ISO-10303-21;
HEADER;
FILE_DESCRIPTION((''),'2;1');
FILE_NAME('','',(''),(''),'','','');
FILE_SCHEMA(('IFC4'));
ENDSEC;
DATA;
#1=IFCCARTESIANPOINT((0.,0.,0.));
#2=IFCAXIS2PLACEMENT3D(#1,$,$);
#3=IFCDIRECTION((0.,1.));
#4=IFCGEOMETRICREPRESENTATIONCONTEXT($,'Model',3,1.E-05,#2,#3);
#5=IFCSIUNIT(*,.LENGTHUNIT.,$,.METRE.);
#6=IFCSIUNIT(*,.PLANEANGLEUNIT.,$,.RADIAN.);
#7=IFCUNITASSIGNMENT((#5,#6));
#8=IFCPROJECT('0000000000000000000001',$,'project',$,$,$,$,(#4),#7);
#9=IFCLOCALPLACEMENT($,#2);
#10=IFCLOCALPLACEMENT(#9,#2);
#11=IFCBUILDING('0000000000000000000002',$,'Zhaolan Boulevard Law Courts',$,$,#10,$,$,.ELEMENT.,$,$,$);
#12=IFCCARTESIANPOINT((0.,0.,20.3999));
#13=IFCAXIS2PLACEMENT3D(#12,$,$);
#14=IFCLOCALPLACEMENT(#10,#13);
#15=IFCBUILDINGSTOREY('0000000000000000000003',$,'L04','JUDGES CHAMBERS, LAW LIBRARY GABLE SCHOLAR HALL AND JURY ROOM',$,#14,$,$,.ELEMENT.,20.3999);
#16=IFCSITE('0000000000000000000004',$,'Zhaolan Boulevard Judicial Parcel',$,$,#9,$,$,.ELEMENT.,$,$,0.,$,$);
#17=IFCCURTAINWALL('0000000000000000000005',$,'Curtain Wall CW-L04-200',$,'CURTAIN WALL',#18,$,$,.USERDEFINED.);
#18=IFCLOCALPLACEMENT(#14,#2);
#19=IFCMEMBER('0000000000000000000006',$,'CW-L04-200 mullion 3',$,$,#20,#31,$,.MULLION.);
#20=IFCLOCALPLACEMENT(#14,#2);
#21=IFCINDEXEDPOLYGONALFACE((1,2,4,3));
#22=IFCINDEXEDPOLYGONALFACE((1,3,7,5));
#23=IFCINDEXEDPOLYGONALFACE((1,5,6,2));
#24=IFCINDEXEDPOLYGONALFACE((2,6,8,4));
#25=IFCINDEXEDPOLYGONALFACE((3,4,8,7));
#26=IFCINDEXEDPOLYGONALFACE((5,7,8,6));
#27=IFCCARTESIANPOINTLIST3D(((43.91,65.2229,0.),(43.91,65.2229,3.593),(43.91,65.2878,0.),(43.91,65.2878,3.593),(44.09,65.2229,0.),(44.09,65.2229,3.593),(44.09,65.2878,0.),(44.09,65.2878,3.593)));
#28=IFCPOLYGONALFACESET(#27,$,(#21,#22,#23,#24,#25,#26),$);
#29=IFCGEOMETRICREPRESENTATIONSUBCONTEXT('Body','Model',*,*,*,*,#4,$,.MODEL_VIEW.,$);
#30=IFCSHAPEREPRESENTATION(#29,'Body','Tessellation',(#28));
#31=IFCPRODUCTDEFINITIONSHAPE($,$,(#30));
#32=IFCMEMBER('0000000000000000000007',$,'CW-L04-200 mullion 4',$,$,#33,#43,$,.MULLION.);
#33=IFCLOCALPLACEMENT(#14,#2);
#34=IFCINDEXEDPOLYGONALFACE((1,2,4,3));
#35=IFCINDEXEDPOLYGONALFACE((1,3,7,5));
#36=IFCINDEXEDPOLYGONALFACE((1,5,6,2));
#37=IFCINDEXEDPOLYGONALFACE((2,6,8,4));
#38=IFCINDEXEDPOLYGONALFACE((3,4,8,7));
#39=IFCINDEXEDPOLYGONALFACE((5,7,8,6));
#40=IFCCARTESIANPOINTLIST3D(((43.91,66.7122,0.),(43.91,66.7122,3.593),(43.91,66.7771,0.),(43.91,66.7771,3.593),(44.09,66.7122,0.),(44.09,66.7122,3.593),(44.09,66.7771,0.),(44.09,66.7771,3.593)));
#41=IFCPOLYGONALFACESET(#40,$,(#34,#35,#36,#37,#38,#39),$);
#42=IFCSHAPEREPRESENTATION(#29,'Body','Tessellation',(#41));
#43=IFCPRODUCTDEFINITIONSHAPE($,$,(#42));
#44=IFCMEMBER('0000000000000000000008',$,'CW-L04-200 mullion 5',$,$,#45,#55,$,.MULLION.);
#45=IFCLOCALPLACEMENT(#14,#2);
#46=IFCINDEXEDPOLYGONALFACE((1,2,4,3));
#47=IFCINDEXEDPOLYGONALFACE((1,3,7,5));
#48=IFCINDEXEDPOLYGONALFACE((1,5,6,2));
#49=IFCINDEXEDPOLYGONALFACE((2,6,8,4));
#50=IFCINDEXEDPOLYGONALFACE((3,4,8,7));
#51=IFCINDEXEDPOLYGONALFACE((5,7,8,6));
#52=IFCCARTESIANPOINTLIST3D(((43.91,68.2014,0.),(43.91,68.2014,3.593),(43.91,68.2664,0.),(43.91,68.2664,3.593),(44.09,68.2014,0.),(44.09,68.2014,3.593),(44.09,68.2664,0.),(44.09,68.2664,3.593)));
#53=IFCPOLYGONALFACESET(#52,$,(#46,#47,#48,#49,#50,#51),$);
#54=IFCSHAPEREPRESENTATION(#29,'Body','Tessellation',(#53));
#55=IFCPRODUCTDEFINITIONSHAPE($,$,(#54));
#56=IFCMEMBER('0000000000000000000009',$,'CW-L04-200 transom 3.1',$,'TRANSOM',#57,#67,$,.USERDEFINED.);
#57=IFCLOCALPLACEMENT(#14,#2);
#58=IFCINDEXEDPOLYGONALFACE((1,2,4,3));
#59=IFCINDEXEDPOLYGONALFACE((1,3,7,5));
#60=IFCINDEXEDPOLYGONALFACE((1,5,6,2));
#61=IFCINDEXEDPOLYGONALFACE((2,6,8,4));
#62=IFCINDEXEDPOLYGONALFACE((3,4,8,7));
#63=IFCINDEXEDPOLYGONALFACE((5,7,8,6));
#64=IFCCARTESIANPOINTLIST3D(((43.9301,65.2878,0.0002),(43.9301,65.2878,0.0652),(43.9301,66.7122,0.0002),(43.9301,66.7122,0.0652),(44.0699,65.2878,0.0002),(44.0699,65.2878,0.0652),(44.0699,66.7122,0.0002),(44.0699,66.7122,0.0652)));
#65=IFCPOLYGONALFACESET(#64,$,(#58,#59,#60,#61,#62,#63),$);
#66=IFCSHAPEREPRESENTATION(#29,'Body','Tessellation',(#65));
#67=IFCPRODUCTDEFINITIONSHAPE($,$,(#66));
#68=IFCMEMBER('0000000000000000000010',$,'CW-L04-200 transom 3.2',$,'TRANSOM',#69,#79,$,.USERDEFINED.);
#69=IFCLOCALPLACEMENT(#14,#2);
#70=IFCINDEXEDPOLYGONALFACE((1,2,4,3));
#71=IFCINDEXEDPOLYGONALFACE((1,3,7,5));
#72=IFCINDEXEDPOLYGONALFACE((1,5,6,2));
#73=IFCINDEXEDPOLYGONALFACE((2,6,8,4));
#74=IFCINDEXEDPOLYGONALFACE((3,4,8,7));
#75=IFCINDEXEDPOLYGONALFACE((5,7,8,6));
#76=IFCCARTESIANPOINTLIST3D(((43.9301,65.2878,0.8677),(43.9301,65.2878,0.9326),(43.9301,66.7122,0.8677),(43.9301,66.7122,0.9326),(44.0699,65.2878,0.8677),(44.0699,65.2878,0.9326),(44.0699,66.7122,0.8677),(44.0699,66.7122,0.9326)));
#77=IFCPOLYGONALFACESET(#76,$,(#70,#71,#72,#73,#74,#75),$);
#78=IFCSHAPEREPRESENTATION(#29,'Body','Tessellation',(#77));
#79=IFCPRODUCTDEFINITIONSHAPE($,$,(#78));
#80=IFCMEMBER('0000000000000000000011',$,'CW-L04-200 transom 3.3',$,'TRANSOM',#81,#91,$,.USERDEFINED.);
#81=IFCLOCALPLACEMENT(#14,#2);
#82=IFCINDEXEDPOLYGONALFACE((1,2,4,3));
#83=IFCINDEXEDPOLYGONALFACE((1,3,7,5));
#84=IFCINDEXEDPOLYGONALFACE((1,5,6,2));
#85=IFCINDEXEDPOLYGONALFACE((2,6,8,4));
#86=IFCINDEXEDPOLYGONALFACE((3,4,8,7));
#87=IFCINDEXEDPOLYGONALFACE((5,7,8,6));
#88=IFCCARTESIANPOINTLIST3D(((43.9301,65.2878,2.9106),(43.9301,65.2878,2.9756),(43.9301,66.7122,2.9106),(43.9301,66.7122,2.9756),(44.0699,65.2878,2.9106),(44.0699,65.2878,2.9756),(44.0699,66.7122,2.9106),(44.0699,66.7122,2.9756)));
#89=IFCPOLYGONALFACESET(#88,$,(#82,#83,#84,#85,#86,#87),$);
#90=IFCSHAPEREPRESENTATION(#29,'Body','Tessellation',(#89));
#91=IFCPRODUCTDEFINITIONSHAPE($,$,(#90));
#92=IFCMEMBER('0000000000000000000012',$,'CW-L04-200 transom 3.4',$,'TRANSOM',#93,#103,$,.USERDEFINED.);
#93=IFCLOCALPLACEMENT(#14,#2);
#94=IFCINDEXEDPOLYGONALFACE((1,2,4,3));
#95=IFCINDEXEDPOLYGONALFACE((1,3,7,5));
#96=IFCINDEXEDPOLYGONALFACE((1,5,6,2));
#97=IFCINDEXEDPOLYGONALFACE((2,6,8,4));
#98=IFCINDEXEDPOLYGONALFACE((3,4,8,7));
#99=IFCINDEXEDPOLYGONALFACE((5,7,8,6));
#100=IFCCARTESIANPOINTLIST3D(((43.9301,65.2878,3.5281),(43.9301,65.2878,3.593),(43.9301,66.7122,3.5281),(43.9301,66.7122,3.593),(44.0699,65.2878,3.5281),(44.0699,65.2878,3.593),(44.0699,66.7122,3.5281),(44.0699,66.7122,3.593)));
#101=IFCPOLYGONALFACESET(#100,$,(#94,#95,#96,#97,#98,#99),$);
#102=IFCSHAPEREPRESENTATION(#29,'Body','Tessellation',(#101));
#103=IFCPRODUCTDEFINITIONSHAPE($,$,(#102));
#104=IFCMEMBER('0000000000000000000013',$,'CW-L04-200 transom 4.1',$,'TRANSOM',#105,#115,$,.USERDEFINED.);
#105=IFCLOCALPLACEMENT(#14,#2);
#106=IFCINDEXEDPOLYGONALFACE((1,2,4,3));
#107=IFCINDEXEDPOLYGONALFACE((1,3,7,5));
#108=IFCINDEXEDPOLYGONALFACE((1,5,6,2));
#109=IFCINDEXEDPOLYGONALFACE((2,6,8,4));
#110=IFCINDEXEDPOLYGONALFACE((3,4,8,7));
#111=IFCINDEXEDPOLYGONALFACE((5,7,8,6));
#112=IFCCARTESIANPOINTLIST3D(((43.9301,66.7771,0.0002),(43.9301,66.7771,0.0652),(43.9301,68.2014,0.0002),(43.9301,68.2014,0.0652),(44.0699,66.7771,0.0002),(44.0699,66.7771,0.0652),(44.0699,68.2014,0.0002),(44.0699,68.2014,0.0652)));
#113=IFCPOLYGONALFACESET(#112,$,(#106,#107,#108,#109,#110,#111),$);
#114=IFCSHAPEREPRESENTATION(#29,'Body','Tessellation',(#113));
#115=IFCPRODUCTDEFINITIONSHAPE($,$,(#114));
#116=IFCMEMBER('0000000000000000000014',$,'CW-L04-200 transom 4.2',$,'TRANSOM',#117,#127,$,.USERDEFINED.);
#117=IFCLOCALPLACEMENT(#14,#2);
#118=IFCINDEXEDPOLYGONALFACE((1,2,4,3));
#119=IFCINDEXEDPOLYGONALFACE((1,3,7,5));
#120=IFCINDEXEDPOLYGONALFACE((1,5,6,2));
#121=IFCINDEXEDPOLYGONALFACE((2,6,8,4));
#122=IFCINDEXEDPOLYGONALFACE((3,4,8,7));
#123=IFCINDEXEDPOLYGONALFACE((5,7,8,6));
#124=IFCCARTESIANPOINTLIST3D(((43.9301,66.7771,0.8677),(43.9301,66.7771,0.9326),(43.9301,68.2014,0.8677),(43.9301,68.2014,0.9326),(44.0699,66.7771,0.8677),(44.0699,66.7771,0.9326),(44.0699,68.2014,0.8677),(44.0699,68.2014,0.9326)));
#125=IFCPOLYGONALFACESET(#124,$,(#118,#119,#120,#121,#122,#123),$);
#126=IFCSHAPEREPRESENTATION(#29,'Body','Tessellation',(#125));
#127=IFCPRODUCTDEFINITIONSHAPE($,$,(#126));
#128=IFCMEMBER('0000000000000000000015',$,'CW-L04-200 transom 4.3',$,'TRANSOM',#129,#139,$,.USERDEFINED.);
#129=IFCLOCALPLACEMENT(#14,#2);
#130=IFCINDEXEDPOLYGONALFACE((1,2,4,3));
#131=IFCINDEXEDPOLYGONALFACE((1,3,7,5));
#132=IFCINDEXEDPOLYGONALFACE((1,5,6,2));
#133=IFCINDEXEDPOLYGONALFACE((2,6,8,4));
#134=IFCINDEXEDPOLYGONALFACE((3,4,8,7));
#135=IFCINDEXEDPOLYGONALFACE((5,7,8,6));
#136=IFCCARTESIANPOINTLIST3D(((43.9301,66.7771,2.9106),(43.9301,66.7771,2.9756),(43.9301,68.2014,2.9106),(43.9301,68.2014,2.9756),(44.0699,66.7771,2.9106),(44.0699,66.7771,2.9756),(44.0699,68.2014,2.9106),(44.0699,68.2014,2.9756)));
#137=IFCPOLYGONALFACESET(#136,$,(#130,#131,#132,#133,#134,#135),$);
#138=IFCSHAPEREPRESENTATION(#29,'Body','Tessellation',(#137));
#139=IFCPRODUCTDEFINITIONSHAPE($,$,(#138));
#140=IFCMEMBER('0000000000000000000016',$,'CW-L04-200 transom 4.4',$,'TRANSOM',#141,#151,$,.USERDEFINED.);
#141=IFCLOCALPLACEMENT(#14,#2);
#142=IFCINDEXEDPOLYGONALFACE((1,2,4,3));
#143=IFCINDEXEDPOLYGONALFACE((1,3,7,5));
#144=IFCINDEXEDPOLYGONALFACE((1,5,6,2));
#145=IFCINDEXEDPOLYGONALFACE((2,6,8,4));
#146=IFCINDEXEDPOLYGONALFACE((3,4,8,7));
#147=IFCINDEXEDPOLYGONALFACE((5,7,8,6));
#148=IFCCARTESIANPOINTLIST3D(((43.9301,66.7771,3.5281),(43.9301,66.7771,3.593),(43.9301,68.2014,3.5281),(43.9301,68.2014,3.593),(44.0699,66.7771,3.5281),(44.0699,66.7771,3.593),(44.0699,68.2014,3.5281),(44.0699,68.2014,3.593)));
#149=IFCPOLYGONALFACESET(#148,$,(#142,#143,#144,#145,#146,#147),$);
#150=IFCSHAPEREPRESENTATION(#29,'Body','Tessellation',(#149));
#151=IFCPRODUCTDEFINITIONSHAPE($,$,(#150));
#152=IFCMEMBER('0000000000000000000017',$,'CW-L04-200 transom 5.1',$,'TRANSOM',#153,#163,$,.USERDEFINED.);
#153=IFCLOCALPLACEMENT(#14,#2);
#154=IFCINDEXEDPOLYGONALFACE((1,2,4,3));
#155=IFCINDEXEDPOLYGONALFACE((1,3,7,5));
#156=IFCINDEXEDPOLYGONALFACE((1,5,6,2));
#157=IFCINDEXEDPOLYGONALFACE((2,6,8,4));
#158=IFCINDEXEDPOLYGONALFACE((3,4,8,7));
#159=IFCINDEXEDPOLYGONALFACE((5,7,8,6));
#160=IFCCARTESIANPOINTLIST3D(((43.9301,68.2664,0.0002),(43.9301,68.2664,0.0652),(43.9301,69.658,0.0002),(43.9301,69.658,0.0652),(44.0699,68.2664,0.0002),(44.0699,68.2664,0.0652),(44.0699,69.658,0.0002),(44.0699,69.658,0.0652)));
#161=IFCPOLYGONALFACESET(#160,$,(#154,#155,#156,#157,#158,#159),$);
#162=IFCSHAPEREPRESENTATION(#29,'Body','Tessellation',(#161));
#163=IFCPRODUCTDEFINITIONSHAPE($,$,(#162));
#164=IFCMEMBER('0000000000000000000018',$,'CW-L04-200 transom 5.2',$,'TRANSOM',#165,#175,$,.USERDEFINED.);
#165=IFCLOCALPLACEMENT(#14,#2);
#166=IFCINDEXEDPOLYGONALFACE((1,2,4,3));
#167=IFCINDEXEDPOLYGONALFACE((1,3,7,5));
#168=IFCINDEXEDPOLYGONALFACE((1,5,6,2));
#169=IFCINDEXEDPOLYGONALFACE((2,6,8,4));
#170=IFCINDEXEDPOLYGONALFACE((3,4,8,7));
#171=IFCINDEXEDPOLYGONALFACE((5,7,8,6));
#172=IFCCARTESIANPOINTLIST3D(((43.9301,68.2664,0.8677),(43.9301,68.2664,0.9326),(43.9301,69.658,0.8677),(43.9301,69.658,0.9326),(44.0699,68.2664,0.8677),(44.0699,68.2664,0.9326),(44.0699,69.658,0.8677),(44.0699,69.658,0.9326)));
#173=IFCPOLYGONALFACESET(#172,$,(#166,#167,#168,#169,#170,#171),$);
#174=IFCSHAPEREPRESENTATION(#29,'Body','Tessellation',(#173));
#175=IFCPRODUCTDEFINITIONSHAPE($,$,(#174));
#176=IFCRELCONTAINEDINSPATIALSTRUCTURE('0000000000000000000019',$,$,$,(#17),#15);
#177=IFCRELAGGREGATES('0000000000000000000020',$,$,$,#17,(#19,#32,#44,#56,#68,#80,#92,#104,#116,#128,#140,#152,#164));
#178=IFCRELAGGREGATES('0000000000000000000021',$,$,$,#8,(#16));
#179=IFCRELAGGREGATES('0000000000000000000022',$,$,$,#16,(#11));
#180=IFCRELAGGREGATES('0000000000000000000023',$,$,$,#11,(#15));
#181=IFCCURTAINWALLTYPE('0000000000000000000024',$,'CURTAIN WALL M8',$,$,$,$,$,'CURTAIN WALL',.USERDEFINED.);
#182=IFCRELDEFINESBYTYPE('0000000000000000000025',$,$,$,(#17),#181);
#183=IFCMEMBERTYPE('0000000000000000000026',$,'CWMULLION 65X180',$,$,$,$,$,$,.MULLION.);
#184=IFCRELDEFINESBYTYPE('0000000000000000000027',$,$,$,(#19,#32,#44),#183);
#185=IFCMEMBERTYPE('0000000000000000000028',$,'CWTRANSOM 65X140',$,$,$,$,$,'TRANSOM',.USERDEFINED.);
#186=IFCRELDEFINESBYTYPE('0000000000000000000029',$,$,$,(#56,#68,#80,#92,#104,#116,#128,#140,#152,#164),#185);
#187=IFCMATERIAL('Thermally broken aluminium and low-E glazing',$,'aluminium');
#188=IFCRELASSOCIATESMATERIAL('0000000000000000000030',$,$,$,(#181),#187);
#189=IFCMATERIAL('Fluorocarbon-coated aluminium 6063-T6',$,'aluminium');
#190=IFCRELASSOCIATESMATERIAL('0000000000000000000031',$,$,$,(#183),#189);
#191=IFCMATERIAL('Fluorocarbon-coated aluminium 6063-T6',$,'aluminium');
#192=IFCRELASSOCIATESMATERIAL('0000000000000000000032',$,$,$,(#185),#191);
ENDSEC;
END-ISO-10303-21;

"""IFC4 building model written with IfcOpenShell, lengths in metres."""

from ifc_helpers import new_model, si_unit, direction, frame, origin, origin_2d, place, context, subcontext, project, spatial, rectangle, extrude, material, material_profile, profile_set, type_object, element, aggregate, save


model = new_model("IFC4")

# Units and contexts
model_context = context("Model", 3, precision=1e-05, world=origin(), true_north=direction((0.0, 1.0)))
body_context = subcontext(model_context, "Body", "Model", "MODEL_VIEW")
ifc_project = project(units=[si_unit("LENGTHUNIT", "METRE"), si_unit("PLANEANGLEUNIT", "RADIAN")], contexts=[model_context])

# Site, building, storey
site_placement = place(None, origin())
site = spatial("IfcSite", under=ifc_project, at=site_placement, Name="Zhaolan Boulevard Judicial Parcel", CompositionType="ELEMENT", RefElevation=0.0)
building_placement = place(site_placement, origin())
building = spatial("IfcBuilding", under=site, at=building_placement, Name="Zhaolan Boulevard Law Courts", CompositionType="ELEMENT")
storey_placement = place(building_placement, frame((0.0, 0.0, 20.3999)))
storey = spatial("IfcBuildingStorey", under=building, at=storey_placement, Name="L04", Description="JUDGES CHAMBERS, LAW LIBRARY GABLE SCHOLAR HALL AND JURY ROOM", CompositionType="ELEMENT", Elevation=20.3999)

# Curtain wall, members
ifc_material_1 = material(Name="Thermally broken aluminium and low-E glazing", Category="aluminium")
curtain_wall_type = type_object("IfcCurtainWallType", Name="CURTAIN WALL M8", ElementType="CURTAIN WALL", PredefinedType="USERDEFINED", material=ifc_material_1)
curtain_wall_placement = place(storey_placement, origin())
curtain_wall = element("IfcCurtainWall", 1, at=curtain_wall_placement, inside=storey, type_object=curtain_wall_type, Name="Curtain Wall CW-L04-200", ObjectType="CURTAIN WALL", PredefinedType="USERDEFINED")
ifc_material_2 = material(Name="Fluorocarbon-coated aluminium 6063-T6", Category="aluminium")
ifc_material_profile_1 = material_profile(ifc_material_2, rectangle(XDim=0.1799, YDim=0.0649, at=origin_2d()), Name="AL65x180")
ifc_profile_set_1 = profile_set([ifc_material_profile_1], Name="Fluorocarbon-coated aluminium 6063-T6")
member_type_1 = type_object("IfcMemberType", Name="CWMULLION 65X180", PredefinedType="MULLION", material=ifc_profile_set_1)
member_1_placement = place(storey_placement, frame((44.0, 65.2554, 0.0), z_axis=(0.0, 0.0, 1.0), x_axis=(-1.0, 0.0, 0.0)))
member_1 = element("IfcMember", 2, at=member_1_placement, type_object=member_type_1, Name="CW-L04-200 mullion 3", PredefinedType="MULLION", context=body_context, shape_type="SweptSolid", body=[
    extrude(rectangle(XDim=0.1799, YDim=0.0649, at=origin_2d()), origin(), (0.0, 0.0, 1.0), 3.593),
])
member_2_placement = place(storey_placement, frame((44.0, 66.7446, 0.0), z_axis=(0.0, 0.0, 1.0), x_axis=(-1.0, 0.0, 0.0)))
member_2 = element("IfcMember", 3, at=member_2_placement, type_object=member_type_1, Name="CW-L04-200 mullion 4", PredefinedType="MULLION", context=body_context, shape_type="SweptSolid", body=[
    extrude(rectangle(XDim=0.1799, YDim=0.0649, at=origin_2d()), origin(), (0.0, 0.0, 1.0), 3.593),
])
member_3_placement = place(storey_placement, frame((44.0, 68.2339, 0.0), z_axis=(0.0, 0.0, 1.0), x_axis=(-1.0, 0.0, 0.0)))
member_3 = element("IfcMember", 4, at=member_3_placement, type_object=member_type_1, Name="CW-L04-200 mullion 5", PredefinedType="MULLION", context=body_context, shape_type="SweptSolid", body=[
    extrude(rectangle(XDim=0.1799, YDim=0.0649, at=origin_2d()), origin(), (0.0, 0.0, 1.0), 3.593),
])
ifc_material_3 = material(Name="Fluorocarbon-coated aluminium 6063-T6", Category="aluminium")
ifc_material_profile_2 = material_profile(ifc_material_3, rectangle(XDim=0.1399, YDim=0.0649, at=origin_2d()), Name="AL65x140")
ifc_profile_set_2 = profile_set([ifc_material_profile_2], Name="Fluorocarbon-coated aluminium 6063-T6")
member_type_2 = type_object("IfcMemberType", Name="CWTRANSOM 65X140", ElementType="TRANSOM", PredefinedType="USERDEFINED", material=ifc_profile_set_2)
member_4_placement = place(storey_placement, frame((44.0, 65.2878, 0.0327), z_axis=(0.0, 1.0, 0.0), x_axis=(-1.0, 0.0, 0.0)))
member_4 = element("IfcMember", 5, at=member_4_placement, type_object=member_type_2, Name="CW-L04-200 transom 3.1", ObjectType="TRANSOM", PredefinedType="USERDEFINED", context=body_context, shape_type="SweptSolid", body=[
    extrude(rectangle(XDim=0.1399, YDim=0.0649, at=origin_2d()), origin(), (0.0, 0.0, 1.0), 1.4243),
])
member_5_placement = place(storey_placement, frame((44.0, 65.2878, 0.9001), z_axis=(0.0, 1.0, 0.0), x_axis=(-1.0, 0.0, 0.0)))
member_5 = element("IfcMember", 6, at=member_5_placement, type_object=member_type_2, Name="CW-L04-200 transom 3.2", ObjectType="TRANSOM", PredefinedType="USERDEFINED", context=body_context, shape_type="SweptSolid", body=[
    extrude(rectangle(XDim=0.1399, YDim=0.0649, at=origin_2d()), origin(), (0.0, 0.0, 1.0), 1.4243),
])
member_6_placement = place(storey_placement, frame((44.0, 65.2878, 2.9431), z_axis=(0.0, 1.0, 0.0), x_axis=(-1.0, 0.0, 0.0)))
member_6 = element("IfcMember", 7, at=member_6_placement, type_object=member_type_2, Name="CW-L04-200 transom 3.3", ObjectType="TRANSOM", PredefinedType="USERDEFINED", context=body_context, shape_type="SweptSolid", body=[
    extrude(rectangle(XDim=0.1399, YDim=0.0649, at=origin_2d()), origin(), (0.0, 0.0, 1.0), 1.4243),
])
member_7_placement = place(storey_placement, frame((44.0, 65.2878, 3.5605), z_axis=(0.0, 1.0, 0.0), x_axis=(-1.0, 0.0, 0.0)))
member_7 = element("IfcMember", 8, at=member_7_placement, type_object=member_type_2, Name="CW-L04-200 transom 3.4", ObjectType="TRANSOM", PredefinedType="USERDEFINED", context=body_context, shape_type="SweptSolid", body=[
    extrude(rectangle(XDim=0.1399, YDim=0.0649, at=origin_2d()), origin(), (0.0, 0.0, 1.0), 1.4243),
])
member_8_placement = place(storey_placement, frame((44.0, 66.7771, 0.0327), z_axis=(0.0, 1.0, 0.0), x_axis=(-1.0, 0.0, 0.0)))
member_8 = element("IfcMember", 9, at=member_8_placement, type_object=member_type_2, Name="CW-L04-200 transom 4.1", ObjectType="TRANSOM", PredefinedType="USERDEFINED", context=body_context, shape_type="SweptSolid", body=[
    extrude(rectangle(XDim=0.1399, YDim=0.0649, at=origin_2d()), origin(), (0.0, 0.0, 1.0), 1.4243),
])
member_9_placement = place(storey_placement, frame((44.0, 66.7771, 0.9001), z_axis=(0.0, 1.0, 0.0), x_axis=(-1.0, 0.0, 0.0)))
member_9 = element("IfcMember", 10, at=member_9_placement, type_object=member_type_2, Name="CW-L04-200 transom 4.2", ObjectType="TRANSOM", PredefinedType="USERDEFINED", context=body_context, shape_type="SweptSolid", body=[
    extrude(rectangle(XDim=0.1399, YDim=0.0649, at=origin_2d()), origin(), (0.0, 0.0, 1.0), 1.4243),
])
member_10_placement = place(storey_placement, frame((44.0, 66.7771, 2.9431), z_axis=(0.0, 1.0, 0.0), x_axis=(-1.0, 0.0, 0.0)))
member_10 = element("IfcMember", 11, at=member_10_placement, type_object=member_type_2, Name="CW-L04-200 transom 4.3", ObjectType="TRANSOM", PredefinedType="USERDEFINED", context=body_context, shape_type="SweptSolid", body=[
    extrude(rectangle(XDim=0.1399, YDim=0.0649, at=origin_2d()), origin(), (0.0, 0.0, 1.0), 1.4243),
])
member_11_placement = place(storey_placement, frame((44.0, 66.7771, 3.5605), z_axis=(0.0, 1.0, 0.0), x_axis=(-1.0, 0.0, 0.0)))
member_11 = element("IfcMember", 12, at=member_11_placement, type_object=member_type_2, Name="CW-L04-200 transom 4.4", ObjectType="TRANSOM", PredefinedType="USERDEFINED", context=body_context, shape_type="SweptSolid", body=[
    extrude(rectangle(XDim=0.1399, YDim=0.0649, at=origin_2d()), origin(), (0.0, 0.0, 1.0), 1.4243),
])
member_12_placement = place(storey_placement, frame((44.0, 68.2664, 0.0327), z_axis=(0.0, 1.0, 0.0), x_axis=(-1.0, 0.0, 0.0)))
member_12 = element("IfcMember", 13, at=member_12_placement, type_object=member_type_2, Name="CW-L04-200 transom 5.1", ObjectType="TRANSOM", PredefinedType="USERDEFINED", context=body_context, shape_type="SweptSolid", body=[
    extrude(rectangle(XDim=0.1399, YDim=0.0649, at=origin_2d()), origin(), (0.0, 0.0, 1.0), 1.3916),
])
member_13_placement = place(storey_placement, frame((44.0, 68.2664, 0.9001), z_axis=(0.0, 1.0, 0.0), x_axis=(-1.0, 0.0, 0.0)))
member_13 = element("IfcMember", 14, at=member_13_placement, type_object=member_type_2, Name="CW-L04-200 transom 5.2", ObjectType="TRANSOM", PredefinedType="USERDEFINED", context=body_context, shape_type="SweptSolid", body=[
    extrude(rectangle(XDim=0.1399, YDim=0.0649, at=origin_2d()), origin(), (0.0, 0.0, 1.0), 1.3916),
])

aggregate(curtain_wall, [member_1, member_2, member_3, member_4, member_5, member_6, member_7, member_8, member_9, member_10, member_11, member_12, member_13])

save(model, "model.ifc")
